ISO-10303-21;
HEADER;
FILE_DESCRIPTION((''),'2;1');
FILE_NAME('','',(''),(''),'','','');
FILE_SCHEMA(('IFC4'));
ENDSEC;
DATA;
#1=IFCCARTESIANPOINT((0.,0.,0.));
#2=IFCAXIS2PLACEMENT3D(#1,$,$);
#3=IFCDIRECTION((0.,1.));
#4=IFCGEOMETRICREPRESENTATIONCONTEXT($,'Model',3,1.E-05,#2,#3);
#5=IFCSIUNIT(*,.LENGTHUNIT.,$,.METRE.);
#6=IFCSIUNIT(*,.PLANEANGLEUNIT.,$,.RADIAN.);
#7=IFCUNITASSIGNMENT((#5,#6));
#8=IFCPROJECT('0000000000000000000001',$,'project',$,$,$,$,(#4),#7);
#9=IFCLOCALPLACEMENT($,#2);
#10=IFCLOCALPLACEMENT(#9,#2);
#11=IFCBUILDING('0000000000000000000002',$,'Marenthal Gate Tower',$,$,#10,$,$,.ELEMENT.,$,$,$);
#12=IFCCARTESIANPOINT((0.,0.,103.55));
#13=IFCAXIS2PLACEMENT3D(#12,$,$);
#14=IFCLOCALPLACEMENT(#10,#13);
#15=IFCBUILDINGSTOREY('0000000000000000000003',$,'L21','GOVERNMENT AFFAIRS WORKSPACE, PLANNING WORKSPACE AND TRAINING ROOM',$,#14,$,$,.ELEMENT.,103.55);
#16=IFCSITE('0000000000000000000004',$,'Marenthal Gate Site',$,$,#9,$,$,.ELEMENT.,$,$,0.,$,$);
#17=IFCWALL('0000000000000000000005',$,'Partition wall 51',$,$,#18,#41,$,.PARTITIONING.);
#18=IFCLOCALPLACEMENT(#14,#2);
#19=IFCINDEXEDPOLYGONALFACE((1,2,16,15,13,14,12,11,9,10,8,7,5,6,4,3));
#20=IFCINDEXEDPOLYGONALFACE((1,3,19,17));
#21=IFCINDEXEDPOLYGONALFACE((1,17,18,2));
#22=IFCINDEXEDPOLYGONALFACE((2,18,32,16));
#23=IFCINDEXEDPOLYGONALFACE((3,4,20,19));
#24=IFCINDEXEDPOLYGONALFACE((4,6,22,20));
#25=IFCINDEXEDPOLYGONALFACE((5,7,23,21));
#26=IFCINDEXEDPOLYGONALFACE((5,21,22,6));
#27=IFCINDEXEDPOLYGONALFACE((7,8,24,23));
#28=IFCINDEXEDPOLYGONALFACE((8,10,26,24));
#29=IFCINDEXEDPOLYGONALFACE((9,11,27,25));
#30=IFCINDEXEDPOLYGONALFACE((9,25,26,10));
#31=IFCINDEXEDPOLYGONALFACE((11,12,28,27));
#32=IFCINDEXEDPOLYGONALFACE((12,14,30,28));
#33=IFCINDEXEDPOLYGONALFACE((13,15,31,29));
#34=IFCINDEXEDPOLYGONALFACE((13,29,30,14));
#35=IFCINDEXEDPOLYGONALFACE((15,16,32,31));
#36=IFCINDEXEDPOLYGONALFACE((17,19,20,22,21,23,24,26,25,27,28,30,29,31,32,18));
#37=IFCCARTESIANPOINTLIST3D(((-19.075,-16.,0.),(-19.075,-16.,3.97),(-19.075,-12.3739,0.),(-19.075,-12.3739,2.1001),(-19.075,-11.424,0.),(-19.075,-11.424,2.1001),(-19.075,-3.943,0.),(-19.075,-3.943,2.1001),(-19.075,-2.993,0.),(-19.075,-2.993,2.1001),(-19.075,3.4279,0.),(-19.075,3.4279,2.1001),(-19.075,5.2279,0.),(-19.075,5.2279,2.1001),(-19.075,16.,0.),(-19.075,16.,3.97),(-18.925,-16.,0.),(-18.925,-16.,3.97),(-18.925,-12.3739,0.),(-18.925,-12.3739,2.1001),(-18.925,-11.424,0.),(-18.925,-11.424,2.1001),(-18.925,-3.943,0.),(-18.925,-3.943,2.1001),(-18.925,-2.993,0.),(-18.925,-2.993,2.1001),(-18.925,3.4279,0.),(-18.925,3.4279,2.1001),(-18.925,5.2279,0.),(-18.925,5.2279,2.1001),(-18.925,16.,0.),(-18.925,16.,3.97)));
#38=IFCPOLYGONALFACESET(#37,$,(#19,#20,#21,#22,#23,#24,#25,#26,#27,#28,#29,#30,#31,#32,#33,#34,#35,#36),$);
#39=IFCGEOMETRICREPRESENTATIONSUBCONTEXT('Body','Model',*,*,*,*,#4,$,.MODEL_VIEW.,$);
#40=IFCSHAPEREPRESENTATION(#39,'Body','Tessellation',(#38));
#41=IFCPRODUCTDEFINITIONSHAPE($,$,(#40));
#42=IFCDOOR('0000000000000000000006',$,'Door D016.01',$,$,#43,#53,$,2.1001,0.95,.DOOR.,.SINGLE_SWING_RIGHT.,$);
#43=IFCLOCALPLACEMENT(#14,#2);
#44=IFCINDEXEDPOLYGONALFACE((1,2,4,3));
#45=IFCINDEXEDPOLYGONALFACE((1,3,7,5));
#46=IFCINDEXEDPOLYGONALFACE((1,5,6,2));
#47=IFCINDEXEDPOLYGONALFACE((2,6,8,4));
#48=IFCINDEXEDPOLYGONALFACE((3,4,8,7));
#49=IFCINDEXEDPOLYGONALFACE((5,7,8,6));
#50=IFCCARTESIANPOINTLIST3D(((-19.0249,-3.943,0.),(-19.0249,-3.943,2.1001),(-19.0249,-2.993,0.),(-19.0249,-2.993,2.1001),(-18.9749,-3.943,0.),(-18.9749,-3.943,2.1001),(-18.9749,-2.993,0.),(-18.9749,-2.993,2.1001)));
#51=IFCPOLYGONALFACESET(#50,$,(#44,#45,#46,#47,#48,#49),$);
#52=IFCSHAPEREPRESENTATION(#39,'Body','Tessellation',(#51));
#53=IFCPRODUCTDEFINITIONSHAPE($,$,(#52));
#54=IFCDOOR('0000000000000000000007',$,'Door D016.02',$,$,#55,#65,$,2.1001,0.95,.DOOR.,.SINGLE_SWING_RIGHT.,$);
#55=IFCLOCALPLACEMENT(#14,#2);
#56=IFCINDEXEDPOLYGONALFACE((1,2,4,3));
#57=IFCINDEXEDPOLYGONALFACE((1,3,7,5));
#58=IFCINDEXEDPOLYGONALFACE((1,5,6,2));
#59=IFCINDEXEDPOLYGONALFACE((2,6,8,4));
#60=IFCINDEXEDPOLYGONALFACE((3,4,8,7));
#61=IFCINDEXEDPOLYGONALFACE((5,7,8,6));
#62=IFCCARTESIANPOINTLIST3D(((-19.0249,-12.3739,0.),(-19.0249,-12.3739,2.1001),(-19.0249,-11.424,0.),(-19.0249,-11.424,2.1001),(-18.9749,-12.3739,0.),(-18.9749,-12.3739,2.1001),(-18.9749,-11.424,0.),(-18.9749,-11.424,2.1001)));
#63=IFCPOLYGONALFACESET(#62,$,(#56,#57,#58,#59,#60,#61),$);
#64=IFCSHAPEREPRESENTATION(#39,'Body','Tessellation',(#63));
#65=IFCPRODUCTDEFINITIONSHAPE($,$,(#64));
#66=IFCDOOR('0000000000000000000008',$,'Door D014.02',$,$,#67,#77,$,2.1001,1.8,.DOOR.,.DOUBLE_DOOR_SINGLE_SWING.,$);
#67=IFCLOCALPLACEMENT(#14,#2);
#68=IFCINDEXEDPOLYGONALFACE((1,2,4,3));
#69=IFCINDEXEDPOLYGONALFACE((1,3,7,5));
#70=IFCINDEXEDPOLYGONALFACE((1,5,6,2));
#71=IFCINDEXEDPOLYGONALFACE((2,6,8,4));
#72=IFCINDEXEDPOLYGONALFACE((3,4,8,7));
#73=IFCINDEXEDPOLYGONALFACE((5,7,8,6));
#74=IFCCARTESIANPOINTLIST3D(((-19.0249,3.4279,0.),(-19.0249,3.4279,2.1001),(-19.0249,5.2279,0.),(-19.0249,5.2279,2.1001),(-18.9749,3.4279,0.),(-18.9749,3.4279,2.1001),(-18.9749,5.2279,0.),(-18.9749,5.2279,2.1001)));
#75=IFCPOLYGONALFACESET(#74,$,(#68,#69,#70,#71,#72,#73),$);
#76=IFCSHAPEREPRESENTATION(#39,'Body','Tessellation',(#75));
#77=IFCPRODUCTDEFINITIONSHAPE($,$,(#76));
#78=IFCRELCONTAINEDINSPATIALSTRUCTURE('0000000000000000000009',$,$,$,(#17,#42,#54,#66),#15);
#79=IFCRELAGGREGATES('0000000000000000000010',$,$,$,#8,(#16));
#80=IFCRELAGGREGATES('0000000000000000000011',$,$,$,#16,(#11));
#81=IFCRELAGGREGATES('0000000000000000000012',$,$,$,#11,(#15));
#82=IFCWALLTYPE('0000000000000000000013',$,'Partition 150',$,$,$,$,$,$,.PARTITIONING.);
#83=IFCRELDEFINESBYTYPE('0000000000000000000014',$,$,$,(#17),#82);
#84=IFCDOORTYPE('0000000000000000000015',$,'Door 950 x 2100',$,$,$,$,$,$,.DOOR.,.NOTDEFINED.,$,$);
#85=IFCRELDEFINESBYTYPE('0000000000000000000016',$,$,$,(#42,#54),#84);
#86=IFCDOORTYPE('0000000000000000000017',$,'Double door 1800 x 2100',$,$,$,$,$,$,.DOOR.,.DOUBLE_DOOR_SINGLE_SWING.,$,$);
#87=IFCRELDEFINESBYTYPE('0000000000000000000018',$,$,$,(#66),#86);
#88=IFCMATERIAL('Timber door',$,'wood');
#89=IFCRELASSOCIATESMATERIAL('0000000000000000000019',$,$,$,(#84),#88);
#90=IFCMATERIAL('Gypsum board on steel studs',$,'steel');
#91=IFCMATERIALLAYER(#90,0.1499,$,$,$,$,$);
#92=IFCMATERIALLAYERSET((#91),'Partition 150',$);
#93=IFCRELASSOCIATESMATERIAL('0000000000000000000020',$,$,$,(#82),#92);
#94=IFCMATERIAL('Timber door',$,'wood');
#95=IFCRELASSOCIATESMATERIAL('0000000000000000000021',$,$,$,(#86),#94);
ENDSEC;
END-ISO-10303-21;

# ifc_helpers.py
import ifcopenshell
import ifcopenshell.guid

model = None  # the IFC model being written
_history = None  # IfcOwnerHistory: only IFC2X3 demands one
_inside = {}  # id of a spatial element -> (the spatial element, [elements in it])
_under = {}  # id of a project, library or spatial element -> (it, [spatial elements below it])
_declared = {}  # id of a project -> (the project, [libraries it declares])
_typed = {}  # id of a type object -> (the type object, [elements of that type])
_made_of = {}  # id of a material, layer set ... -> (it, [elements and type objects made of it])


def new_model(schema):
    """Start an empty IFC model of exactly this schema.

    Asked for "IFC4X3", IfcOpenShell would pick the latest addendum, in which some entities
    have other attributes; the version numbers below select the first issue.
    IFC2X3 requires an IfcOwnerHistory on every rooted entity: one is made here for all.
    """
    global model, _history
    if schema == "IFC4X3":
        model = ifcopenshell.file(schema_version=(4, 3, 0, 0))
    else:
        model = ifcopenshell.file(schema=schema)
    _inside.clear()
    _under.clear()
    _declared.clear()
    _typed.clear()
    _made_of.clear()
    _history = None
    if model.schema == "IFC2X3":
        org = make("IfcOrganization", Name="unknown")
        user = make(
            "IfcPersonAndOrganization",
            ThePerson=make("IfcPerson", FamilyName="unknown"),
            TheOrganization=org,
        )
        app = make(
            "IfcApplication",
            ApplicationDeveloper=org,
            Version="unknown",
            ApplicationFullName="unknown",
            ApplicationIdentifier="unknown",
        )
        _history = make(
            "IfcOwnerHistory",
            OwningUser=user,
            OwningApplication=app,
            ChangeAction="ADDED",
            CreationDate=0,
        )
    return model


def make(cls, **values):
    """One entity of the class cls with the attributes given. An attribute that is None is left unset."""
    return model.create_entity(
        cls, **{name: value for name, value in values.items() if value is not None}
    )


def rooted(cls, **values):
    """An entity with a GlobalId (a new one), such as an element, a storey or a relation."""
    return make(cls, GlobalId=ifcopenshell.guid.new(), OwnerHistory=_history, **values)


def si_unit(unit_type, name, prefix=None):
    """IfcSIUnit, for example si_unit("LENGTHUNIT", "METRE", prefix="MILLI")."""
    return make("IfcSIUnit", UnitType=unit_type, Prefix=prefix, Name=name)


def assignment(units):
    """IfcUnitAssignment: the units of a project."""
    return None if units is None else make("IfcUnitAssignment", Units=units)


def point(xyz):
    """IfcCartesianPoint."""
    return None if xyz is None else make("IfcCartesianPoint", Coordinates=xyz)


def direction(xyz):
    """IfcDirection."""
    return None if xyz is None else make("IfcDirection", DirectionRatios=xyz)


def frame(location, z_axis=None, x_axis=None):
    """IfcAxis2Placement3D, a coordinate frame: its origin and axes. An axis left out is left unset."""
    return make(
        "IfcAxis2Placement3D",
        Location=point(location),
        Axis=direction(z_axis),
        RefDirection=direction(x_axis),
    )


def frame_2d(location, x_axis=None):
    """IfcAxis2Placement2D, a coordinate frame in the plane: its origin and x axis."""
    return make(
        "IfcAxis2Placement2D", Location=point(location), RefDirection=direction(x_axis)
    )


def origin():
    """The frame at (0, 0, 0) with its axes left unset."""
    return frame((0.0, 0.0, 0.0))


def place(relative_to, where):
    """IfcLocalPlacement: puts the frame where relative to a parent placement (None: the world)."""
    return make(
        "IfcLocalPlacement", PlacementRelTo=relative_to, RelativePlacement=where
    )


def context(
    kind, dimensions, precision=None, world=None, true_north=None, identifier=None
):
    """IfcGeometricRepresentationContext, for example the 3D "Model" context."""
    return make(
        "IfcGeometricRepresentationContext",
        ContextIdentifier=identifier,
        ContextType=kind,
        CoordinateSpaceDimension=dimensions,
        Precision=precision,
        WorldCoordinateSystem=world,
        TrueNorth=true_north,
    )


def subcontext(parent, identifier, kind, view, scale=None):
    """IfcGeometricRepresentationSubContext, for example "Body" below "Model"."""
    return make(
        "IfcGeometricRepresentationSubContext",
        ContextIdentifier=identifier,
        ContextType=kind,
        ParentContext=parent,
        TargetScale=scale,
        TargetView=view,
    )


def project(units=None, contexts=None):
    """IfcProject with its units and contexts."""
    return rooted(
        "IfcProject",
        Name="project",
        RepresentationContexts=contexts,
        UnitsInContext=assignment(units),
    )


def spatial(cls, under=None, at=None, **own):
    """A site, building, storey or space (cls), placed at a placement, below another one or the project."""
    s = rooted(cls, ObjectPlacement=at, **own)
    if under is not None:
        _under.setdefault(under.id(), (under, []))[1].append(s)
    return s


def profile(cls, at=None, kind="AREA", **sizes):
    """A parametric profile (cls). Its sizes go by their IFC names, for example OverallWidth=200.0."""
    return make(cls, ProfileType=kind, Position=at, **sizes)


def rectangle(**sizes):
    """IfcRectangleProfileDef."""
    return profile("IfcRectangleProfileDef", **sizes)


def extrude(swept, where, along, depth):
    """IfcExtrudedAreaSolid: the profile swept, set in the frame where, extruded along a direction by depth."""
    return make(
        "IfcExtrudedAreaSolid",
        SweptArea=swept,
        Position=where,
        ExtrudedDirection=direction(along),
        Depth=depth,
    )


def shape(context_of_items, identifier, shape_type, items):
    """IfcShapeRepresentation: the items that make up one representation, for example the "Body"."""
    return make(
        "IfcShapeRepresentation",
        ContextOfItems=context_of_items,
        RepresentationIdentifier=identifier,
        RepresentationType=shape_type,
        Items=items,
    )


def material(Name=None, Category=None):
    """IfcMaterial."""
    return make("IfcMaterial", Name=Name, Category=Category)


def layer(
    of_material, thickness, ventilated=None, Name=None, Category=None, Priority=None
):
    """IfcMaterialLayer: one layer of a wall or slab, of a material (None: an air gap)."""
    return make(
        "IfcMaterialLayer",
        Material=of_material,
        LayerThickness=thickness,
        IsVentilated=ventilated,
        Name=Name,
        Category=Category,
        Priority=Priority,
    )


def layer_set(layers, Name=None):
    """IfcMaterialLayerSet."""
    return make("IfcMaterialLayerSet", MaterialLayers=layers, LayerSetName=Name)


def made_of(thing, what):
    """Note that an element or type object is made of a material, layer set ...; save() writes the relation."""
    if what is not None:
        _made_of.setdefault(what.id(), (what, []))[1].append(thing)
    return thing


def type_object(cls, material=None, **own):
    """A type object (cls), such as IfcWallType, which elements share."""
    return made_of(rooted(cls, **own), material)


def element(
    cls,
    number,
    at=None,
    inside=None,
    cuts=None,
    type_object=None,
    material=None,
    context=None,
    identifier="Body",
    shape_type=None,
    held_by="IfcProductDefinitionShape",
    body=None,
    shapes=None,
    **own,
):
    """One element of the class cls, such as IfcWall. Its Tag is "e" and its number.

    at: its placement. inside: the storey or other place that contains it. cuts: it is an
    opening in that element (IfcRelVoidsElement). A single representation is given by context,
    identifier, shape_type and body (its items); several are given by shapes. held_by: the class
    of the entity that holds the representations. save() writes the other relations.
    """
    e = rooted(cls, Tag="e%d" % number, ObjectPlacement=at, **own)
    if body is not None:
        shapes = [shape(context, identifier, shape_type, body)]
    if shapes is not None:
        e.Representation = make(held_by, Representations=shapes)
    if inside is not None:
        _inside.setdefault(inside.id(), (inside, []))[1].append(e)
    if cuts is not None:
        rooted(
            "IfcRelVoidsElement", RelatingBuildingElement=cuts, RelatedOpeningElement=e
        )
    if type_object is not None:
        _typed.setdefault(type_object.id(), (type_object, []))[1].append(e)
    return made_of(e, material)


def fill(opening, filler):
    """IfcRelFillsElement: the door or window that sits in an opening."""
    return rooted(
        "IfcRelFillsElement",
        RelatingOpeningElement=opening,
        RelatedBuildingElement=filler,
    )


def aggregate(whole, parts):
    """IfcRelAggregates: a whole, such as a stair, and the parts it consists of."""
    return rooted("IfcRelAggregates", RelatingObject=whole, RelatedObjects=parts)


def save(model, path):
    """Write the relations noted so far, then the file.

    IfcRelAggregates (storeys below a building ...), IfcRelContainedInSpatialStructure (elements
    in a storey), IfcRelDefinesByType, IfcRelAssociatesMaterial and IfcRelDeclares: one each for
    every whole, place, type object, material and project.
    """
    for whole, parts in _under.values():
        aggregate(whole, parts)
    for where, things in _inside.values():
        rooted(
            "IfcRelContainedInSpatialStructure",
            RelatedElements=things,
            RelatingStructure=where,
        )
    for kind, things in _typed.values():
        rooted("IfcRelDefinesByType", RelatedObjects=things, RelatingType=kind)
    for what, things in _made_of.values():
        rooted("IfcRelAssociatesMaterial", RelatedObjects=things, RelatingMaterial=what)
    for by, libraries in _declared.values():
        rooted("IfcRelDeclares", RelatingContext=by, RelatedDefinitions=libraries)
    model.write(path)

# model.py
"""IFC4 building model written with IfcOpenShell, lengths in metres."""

from ifc_helpers import new_model, si_unit, direction, frame, frame_2d, origin, place, context, subcontext, project, spatial, rectangle, extrude, material, layer, layer_set, type_object, element, fill, save


model = new_model("IFC4")

# Units and contexts
model_context = context("Model", 3, precision=1e-05, world=origin(), true_north=direction((0.0, 1.0)))
body_context = subcontext(model_context, "Body", "Model", "MODEL_VIEW")
ifc_project = project(units=[si_unit("LENGTHUNIT", "METRE"), si_unit("PLANEANGLEUNIT", "RADIAN")], contexts=[model_context])

# Site, building, storey
site_placement = place(None, origin())
site = spatial("IfcSite", under=ifc_project, at=site_placement, Name="Marenthal Gate Site", CompositionType="ELEMENT", RefElevation=0.0)
building_placement = place(site_placement, origin())
building = spatial("IfcBuilding", under=site, at=building_placement, Name="Marenthal Gate Tower", CompositionType="ELEMENT")
storey_placement = place(building_placement, frame((0.0, 0.0, 103.55)))
storey = spatial("IfcBuildingStorey", under=building, at=storey_placement, Name="L21", Description="GOVERNMENT AFFAIRS WORKSPACE, PLANNING WORKSPACE AND TRAINING ROOM", CompositionType="ELEMENT", Elevation=103.55)

# Wall, openings, doors
ifc_material_1 = material(Name="Timber door", Category="wood")
door_type_1 = type_object("IfcDoorType", Name="Door 950 x 2100", OperationType="NOTDEFINED", PredefinedType="DOOR", material=ifc_material_1)
ifc_material_2 = material(Name="Gypsum board on steel studs", Category="steel")
ifc_layer_1 = layer(ifc_material_2, 0.1499)
ifc_layer_set_1 = layer_set([ifc_layer_1], Name="Partition 150")
wall_type_1 = type_object("IfcWallType", Name="Partition 150", PredefinedType="PARTITIONING", material=ifc_layer_set_1)
wall_1_placement = place(storey_placement, frame((-19.0, -16.0, 0.0), z_axis=(0.0, 0.0, 1.0), x_axis=(0.0, 1.0, 0.0)))
wall_1 = element("IfcWall", 1, at=wall_1_placement, inside=storey, type_object=wall_type_1, Name="Partition wall 51", PredefinedType="PARTITIONING", context=body_context, shape_type="SweptSolid", body=[
    extrude(rectangle(XDim=32.0, YDim=0.1499, at=frame_2d((16.0, 0.0))), origin(), (0.0, 0.0, 1.0), 3.97),
])
opening_1_placement = place(wall_1_placement, frame((12.0569, 0.0, 0.0)))
opening_1 = element("IfcOpeningElement", 2, at=opening_1_placement, cuts=wall_1, PredefinedType="OPENING", context=body_context, shape_type="SweptSolid", body=[
    extrude(rectangle(XDim=0.95, YDim=2.1001, at=frame_2d((0.4751, 1.05))), frame((0.0, 0.085, 0.0), z_axis=(0.0, -1.0, 0.0), x_axis=(1.0, 0.0, 0.0)), (0.0, 0.0, 1.0), 0.1699),
])
opening_2_placement = place(wall_1_placement, frame((3.626, 0.0, 0.0)))
opening_2 = element("IfcOpeningElement", 3, at=opening_2_placement, cuts=wall_1, PredefinedType="OPENING", context=body_context, shape_type="SweptSolid", body=[
    extrude(rectangle(XDim=0.95, YDim=2.1001, at=frame_2d((0.4751, 1.05))), frame((0.0, 0.085, 0.0), z_axis=(0.0, -1.0, 0.0), x_axis=(1.0, 0.0, 0.0)), (0.0, 0.0, 1.0), 0.1699),
])
opening_3_placement = place(wall_1_placement, frame((19.428, 0.0, 0.0)))
opening_3 = element("IfcOpeningElement", 4, at=opening_3_placement, cuts=wall_1, PredefinedType="OPENING", context=body_context, shape_type="SweptSolid", body=[
    extrude(rectangle(XDim=1.8, YDim=2.1001, at=frame_2d((0.8999, 1.05))), frame((0.0, 0.085, 0.0), z_axis=(0.0, -1.0, 0.0), x_axis=(1.0, 0.0, 0.0)), (0.0, 0.0, 1.0), 0.1699),
])
door_1_placement = place(opening_1_placement, origin())
door_1 = element("IfcDoor", 5, at=door_1_placement, inside=storey, type_object=door_type_1, Name="Door D016.01", OperationType="SINGLE_SWING_RIGHT", OverallHeight=2.1001, OverallWidth=0.95, PredefinedType="DOOR", context=body_context, shape_type="SweptSolid", body=[
    extrude(rectangle(XDim=0.95, YDim=2.1001, at=frame_2d((0.4751, 1.05))), frame((0.0, 0.0249, 0.0), z_axis=(0.0, -1.0, 0.0), x_axis=(1.0, 0.0, 0.0)), (0.0, 0.0, 1.0), 0.05),
])
fill(opening_1, door_1)
door_2_placement = place(opening_2_placement, origin())
door_2 = element("IfcDoor", 6, at=door_2_placement, inside=storey, type_object=door_type_1, Name="Door D016.02", OperationType="SINGLE_SWING_RIGHT", OverallHeight=2.1001, OverallWidth=0.95, PredefinedType="DOOR", context=body_context, shape_type="SweptSolid", body=[
    extrude(rectangle(XDim=0.95, YDim=2.1001, at=frame_2d((0.4751, 1.05))), frame((0.0, 0.0249, 0.0), z_axis=(0.0, -1.0, 0.0), x_axis=(1.0, 0.0, 0.0)), (0.0, 0.0, 1.0), 0.05),
])
fill(opening_2, door_2)
ifc_material_3 = material(Name="Timber door", Category="wood")
door_type_2 = type_object("IfcDoorType", Name="Double door 1800 x 2100", OperationType="DOUBLE_DOOR_SINGLE_SWING", PredefinedType="DOOR", material=ifc_material_3)
door_3_placement = place(opening_3_placement, origin())
door_3 = element("IfcDoor", 7, at=door_3_placement, inside=storey, type_object=door_type_2, Name="Door D014.02", OperationType="DOUBLE_DOOR_SINGLE_SWING", OverallHeight=2.1001, OverallWidth=1.8, PredefinedType="DOOR", context=body_context, shape_type="SweptSolid", body=[
    extrude(rectangle(XDim=1.8, YDim=2.1001, at=frame_2d((0.8999, 1.05))), frame((0.0, 0.0249, 0.0), z_axis=(0.0, -1.0, 0.0), x_axis=(1.0, 0.0, 0.0)), (0.0, 0.0, 1.0), 0.05),
])
fill(opening_3, door_3)

save(model, "model.ifc")
